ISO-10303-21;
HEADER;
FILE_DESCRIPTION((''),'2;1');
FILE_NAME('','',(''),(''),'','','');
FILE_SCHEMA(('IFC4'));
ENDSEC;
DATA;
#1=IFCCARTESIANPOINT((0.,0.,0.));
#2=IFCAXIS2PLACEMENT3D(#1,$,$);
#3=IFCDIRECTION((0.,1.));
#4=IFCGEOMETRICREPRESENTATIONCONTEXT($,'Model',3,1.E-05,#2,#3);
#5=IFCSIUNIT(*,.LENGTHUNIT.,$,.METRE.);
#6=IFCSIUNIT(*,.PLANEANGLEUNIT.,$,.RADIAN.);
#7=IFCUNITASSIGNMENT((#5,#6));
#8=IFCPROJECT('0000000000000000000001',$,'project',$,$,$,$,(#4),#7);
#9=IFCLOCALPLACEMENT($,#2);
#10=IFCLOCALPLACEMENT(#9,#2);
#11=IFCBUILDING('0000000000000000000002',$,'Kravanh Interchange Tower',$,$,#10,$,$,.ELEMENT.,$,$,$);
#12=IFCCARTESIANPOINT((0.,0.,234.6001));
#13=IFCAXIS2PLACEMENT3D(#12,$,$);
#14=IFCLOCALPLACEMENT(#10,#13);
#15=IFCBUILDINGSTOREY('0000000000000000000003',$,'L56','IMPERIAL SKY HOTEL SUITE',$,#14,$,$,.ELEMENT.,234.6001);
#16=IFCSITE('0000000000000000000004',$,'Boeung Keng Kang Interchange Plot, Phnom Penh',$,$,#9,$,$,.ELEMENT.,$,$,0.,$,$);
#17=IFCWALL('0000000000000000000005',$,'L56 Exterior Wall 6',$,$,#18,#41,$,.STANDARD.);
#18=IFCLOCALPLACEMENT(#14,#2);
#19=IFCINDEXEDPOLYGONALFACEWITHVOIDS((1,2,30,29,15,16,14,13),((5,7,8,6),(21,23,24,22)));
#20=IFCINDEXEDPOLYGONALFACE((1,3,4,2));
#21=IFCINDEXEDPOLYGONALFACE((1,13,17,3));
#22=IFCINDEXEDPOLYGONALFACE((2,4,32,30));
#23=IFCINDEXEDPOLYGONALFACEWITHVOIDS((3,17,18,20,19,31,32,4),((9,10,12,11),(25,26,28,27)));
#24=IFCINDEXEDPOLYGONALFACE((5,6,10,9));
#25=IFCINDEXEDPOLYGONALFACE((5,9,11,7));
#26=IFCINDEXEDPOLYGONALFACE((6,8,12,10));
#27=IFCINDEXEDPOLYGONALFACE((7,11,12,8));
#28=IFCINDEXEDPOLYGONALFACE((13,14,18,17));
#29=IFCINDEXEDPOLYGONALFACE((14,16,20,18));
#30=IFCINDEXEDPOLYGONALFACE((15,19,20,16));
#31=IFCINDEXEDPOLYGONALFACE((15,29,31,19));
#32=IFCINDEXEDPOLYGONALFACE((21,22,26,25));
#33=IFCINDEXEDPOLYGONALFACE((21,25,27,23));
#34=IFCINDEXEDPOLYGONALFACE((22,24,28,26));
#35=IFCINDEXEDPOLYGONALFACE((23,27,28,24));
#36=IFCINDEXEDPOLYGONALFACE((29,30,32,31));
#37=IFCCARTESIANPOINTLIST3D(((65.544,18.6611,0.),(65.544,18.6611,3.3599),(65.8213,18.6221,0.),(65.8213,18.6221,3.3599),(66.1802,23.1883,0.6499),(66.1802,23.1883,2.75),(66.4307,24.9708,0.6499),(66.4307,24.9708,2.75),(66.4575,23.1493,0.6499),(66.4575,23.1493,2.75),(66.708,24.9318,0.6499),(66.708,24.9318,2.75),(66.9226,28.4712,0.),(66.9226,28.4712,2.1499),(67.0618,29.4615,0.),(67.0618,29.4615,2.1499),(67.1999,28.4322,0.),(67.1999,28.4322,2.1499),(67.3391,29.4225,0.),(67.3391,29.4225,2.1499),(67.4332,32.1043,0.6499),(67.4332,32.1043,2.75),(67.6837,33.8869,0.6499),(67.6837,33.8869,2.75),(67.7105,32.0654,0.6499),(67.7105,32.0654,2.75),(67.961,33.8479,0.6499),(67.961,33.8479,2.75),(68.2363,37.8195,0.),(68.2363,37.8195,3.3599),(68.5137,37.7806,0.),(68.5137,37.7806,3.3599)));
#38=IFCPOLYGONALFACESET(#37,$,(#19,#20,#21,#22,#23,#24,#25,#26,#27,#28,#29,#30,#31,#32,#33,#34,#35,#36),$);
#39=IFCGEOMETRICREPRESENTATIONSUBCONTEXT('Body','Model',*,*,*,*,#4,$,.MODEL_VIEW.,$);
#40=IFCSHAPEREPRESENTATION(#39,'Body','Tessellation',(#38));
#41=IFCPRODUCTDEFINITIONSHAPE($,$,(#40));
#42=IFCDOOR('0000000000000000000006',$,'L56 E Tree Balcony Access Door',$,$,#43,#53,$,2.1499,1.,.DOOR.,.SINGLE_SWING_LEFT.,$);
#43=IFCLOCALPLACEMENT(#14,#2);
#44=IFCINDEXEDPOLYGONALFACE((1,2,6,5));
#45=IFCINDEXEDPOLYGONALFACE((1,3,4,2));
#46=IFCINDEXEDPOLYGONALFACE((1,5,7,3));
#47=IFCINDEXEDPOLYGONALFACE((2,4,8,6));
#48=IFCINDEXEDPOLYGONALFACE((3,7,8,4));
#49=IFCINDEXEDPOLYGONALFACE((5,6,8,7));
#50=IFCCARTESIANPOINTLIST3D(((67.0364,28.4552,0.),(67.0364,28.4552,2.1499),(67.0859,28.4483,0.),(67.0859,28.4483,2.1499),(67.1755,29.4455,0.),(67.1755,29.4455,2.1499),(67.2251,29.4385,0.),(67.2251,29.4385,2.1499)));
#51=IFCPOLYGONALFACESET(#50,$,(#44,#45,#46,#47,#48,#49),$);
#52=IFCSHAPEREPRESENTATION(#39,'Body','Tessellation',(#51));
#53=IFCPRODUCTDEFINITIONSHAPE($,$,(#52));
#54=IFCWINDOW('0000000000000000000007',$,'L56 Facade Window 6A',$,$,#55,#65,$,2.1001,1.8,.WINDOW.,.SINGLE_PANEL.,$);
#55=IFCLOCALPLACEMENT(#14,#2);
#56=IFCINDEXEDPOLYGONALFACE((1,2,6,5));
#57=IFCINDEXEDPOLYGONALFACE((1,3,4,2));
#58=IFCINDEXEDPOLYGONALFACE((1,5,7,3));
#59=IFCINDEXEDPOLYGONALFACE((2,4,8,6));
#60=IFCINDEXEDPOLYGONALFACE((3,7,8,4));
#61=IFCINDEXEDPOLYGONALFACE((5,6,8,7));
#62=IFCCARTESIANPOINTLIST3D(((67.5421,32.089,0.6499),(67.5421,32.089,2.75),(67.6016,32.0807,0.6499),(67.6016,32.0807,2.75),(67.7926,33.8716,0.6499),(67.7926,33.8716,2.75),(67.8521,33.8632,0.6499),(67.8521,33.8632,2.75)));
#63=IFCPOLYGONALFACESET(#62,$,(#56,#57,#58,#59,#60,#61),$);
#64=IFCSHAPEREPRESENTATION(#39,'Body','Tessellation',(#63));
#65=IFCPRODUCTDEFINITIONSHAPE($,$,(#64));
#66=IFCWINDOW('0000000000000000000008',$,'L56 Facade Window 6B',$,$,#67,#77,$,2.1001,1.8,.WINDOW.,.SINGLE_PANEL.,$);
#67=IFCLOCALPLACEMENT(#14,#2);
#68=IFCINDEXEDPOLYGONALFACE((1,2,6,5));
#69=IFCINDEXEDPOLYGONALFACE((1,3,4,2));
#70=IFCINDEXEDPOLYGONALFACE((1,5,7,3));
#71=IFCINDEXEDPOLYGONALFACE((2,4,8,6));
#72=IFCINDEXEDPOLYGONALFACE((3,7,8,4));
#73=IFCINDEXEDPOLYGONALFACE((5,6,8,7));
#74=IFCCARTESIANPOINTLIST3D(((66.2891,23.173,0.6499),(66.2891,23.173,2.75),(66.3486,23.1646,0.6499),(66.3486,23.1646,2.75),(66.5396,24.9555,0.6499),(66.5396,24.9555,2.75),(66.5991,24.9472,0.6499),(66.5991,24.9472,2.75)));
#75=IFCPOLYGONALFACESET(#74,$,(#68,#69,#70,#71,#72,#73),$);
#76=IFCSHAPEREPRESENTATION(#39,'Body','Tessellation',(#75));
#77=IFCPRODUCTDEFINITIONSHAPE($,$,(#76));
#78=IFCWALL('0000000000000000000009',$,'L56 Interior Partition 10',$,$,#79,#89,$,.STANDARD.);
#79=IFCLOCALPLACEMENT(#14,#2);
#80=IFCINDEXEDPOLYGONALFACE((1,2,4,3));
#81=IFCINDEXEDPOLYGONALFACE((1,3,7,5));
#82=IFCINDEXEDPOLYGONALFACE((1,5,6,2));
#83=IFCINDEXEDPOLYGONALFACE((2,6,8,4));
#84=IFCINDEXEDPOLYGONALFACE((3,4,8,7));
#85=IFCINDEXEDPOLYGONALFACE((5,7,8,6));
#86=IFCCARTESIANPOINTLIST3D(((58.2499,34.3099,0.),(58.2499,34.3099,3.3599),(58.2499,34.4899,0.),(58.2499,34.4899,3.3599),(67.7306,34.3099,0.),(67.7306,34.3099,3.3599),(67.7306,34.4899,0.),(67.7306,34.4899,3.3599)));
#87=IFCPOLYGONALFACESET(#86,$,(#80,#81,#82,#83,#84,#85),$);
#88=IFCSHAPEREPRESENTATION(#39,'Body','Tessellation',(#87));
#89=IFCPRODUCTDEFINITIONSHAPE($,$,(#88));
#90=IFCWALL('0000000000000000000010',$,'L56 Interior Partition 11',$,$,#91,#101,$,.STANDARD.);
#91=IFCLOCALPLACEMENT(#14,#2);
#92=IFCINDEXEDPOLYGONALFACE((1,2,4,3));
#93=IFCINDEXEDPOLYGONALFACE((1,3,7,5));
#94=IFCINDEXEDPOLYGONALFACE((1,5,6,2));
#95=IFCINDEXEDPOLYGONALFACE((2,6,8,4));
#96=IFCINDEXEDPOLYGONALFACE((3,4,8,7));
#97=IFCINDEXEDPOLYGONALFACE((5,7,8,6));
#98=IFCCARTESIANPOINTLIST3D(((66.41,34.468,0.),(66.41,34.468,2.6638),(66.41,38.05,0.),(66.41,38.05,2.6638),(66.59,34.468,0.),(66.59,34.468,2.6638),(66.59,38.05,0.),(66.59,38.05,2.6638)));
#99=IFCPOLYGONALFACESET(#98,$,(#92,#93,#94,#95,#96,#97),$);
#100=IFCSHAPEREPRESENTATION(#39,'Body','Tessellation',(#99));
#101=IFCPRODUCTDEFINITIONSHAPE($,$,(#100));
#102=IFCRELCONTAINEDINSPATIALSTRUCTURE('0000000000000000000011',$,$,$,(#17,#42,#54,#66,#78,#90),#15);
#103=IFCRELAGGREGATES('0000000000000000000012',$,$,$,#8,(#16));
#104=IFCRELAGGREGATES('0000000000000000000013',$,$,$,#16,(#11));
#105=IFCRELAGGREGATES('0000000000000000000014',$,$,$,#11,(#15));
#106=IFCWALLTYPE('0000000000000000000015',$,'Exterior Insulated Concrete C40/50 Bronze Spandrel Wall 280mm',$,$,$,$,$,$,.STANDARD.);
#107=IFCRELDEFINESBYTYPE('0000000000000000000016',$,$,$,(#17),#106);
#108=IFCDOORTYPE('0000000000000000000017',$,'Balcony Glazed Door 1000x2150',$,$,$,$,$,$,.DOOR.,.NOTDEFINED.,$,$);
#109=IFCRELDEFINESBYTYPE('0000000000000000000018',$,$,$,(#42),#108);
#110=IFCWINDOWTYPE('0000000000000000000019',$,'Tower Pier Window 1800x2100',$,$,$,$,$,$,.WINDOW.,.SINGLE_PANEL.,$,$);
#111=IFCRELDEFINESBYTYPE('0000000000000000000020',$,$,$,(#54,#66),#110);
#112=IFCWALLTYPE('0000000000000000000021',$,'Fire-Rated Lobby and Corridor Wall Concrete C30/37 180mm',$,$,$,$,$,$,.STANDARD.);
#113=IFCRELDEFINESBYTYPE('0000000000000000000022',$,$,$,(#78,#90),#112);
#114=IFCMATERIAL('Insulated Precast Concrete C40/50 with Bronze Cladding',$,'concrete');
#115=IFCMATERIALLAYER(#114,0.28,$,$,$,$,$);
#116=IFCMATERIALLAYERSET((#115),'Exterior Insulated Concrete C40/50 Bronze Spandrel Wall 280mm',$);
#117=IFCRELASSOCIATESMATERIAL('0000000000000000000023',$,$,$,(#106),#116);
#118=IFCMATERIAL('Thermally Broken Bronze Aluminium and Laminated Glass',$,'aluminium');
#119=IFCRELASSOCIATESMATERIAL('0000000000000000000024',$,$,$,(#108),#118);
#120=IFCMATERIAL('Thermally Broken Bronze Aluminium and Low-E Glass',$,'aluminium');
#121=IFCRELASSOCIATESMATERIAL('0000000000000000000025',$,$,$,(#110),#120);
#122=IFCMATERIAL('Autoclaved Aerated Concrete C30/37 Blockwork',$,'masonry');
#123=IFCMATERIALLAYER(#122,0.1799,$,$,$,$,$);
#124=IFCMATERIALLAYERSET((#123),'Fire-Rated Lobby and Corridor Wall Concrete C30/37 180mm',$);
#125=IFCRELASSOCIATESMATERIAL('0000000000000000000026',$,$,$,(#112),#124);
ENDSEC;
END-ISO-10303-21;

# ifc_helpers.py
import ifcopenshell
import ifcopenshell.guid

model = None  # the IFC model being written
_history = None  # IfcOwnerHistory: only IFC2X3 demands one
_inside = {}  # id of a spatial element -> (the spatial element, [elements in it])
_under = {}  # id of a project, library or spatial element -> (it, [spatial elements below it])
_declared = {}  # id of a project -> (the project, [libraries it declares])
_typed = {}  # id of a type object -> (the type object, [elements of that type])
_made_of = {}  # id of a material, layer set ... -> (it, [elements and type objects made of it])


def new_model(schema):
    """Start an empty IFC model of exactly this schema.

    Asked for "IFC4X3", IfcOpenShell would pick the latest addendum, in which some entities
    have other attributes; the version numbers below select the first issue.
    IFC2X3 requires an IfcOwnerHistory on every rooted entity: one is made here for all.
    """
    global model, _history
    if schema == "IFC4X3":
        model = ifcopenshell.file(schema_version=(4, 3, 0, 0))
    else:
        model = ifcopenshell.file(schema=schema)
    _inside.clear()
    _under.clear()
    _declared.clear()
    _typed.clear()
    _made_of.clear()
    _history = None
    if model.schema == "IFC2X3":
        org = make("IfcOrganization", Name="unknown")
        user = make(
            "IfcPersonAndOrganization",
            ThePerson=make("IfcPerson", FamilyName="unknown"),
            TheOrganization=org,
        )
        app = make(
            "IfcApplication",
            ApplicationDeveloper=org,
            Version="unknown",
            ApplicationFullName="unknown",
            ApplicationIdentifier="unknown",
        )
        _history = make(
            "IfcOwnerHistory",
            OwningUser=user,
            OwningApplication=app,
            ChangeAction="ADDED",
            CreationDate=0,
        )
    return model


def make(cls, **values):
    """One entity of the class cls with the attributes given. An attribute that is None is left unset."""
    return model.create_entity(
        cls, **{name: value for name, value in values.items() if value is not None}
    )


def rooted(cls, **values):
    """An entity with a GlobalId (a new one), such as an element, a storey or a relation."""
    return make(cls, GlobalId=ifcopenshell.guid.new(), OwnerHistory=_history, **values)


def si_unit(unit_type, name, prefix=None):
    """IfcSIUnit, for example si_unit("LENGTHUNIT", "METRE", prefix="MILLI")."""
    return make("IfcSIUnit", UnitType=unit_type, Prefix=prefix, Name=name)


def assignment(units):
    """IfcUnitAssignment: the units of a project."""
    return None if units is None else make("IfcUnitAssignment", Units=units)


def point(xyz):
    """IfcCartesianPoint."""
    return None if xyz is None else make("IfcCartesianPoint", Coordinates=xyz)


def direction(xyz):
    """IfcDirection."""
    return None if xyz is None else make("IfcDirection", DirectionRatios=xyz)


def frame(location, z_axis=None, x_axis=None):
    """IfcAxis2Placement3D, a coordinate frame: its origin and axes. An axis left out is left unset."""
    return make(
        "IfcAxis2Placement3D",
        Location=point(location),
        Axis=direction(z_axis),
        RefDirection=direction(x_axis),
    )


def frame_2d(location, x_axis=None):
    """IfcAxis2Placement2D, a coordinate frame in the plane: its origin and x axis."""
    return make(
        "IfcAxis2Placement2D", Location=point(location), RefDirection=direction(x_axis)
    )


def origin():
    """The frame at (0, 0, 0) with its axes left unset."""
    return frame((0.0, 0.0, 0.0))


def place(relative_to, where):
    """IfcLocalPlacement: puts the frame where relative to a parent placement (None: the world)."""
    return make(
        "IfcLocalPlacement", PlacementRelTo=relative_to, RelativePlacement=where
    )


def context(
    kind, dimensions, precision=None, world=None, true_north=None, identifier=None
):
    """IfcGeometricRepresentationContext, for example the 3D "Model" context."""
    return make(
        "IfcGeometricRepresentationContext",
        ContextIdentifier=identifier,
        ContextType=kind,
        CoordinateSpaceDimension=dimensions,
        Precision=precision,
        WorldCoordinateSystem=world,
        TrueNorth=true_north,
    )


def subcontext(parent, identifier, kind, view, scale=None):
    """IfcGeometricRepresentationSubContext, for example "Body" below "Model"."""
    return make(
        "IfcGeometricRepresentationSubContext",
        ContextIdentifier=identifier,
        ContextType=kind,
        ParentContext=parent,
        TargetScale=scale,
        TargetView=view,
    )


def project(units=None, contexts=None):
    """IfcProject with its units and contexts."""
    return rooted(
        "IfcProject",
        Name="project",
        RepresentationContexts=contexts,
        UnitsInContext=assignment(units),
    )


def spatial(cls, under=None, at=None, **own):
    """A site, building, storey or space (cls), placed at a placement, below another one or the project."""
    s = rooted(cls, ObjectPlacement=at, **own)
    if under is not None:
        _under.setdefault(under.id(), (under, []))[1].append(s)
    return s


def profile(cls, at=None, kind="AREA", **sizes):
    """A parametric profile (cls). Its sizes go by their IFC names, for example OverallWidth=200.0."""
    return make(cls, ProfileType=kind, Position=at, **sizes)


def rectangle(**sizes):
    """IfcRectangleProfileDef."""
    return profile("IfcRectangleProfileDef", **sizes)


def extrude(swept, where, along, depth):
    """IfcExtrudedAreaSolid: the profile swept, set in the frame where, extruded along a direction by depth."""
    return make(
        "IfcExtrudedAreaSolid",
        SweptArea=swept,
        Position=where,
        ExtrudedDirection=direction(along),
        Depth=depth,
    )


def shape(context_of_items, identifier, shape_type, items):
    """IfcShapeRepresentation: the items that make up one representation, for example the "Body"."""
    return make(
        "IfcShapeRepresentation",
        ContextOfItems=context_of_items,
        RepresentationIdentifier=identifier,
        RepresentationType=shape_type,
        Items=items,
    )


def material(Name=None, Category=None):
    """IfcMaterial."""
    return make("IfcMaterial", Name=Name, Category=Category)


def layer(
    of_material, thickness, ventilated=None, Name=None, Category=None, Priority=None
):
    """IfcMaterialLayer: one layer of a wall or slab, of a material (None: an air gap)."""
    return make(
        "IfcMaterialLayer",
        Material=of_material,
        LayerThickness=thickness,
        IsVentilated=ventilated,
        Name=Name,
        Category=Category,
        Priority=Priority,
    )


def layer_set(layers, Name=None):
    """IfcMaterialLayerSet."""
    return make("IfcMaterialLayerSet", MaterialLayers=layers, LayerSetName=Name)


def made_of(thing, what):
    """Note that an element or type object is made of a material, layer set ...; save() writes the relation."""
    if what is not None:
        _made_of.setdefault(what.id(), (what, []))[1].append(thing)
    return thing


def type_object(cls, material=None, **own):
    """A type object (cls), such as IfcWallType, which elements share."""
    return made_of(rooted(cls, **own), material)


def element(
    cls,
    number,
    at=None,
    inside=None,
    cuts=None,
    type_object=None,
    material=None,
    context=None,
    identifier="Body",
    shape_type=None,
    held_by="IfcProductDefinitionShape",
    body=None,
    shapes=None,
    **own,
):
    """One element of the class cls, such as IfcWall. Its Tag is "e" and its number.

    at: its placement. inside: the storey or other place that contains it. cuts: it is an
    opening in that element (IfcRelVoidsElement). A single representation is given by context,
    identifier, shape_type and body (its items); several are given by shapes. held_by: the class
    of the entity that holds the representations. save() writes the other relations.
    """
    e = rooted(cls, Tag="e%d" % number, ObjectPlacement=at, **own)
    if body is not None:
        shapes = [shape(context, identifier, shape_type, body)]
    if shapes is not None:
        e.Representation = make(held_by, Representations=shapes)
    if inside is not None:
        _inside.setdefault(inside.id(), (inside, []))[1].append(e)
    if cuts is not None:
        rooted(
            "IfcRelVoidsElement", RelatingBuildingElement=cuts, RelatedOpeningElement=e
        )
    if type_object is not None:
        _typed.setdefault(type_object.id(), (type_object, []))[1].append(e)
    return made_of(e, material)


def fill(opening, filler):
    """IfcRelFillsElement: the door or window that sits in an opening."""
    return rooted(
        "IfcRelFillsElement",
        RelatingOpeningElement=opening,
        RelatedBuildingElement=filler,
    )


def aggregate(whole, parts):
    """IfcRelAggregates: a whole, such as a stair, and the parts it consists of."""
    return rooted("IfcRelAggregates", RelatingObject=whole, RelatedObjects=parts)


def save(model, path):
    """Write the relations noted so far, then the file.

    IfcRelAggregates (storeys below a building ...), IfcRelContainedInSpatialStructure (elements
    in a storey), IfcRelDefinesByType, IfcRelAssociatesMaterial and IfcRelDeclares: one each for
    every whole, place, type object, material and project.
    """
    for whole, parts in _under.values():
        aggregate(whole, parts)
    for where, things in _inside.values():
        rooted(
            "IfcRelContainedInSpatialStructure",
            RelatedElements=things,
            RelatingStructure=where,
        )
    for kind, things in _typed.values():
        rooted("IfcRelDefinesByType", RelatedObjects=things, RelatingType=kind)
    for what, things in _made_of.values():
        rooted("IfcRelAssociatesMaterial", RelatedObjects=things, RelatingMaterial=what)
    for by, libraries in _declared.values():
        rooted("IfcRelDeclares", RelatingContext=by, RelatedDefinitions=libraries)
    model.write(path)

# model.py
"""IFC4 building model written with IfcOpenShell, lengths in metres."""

from ifc_helpers import new_model, si_unit, direction, frame, frame_2d, origin, place, context, subcontext, project, spatial, rectangle, extrude, material, layer, layer_set, type_object, element, fill, save


model = new_model("IFC4")

# Units and contexts
model_context = context("Model", 3, precision=1e-05, world=origin(), true_north=direction((0.0, 1.0)))
body_context = subcontext(model_context, "Body", "Model", "MODEL_VIEW")
ifc_project = project(units=[si_unit("LENGTHUNIT", "METRE"), si_unit("PLANEANGLEUNIT", "RADIAN")], contexts=[model_context])

# Site, building, storey
site_placement = place(None, origin())
site = spatial("IfcSite", under=ifc_project, at=site_placement, Name="Boeung Keng Kang Interchange Plot, Phnom Penh", CompositionType="ELEMENT", RefElevation=0.0)
building_placement = place(site_placement, origin())
building = spatial("IfcBuilding", under=site, at=building_placement, Name="Kravanh Interchange Tower", CompositionType="ELEMENT")
storey_placement = place(building_placement, frame((0.0, 0.0, 234.6001)))
storey = spatial("IfcBuildingStorey", under=building, at=storey_placement, Name="L56", Description="IMPERIAL SKY HOTEL SUITE", CompositionType="ELEMENT", Elevation=234.6001)

# Wall, openings, door, windows
ifc_material_1 = material(Name="Insulated Precast Concrete C40/50 with Bronze Cladding", Category="concrete")
ifc_layer_1 = layer(ifc_material_1, 0.28)
ifc_layer_set_1 = layer_set([ifc_layer_1], Name="Exterior Insulated Concrete C40/50 Bronze Spandrel Wall 280mm")
wall_type_1 = type_object("IfcWallType", Name="Exterior Insulated Concrete C40/50 Bronze Spandrel Wall 280mm", PredefinedType="STANDARD", material=ifc_layer_set_1)
wall_1_placement = place(storey_placement, frame((68.375, 37.8, 0.0), z_axis=(0.0, 0.0, 1.0), x_axis=(-0.139165, -0.990269, 0.0)))
wall_1 = element("IfcWall", 1, at=wall_1_placement, inside=storey, type_object=wall_type_1, Name="L56 Exterior Wall 6", PredefinedType="STANDARD", context=body_context, shape_type="SweptSolid", body=[
    extrude(rectangle(XDim=19.3467, YDim=0.28, at=frame_2d((9.6733, 0.0))), origin(), (0.0, 0.0, 1.0), 3.3599),
])
opening_1_placement = place(wall_1_placement, frame((8.4402, 0.0, 0.0)))
opening_1 = element("IfcOpeningElement", 2, at=opening_1_placement, cuts=wall_1, PredefinedType="OPENING", context=body_context, shape_type="SweptSolid", body=[
    extrude(rectangle(XDim=1.0, YDim=2.1499, at=frame_2d((0.5, 1.075))), frame((0.0, 0.1499, 0.0), z_axis=(0.0, -1.0, 0.0), x_axis=(1.0, 0.0, 0.0)), (0.0, 0.0, 1.0), 0.3),
])
opening_2_placement = place(wall_1_placement, frame((3.9714, 0.0, 0.6499)))
opening_2 = element("IfcOpeningElement", 3, at=opening_2_placement, cuts=wall_1, PredefinedType="OPENING", context=body_context, shape_type="SweptSolid", body=[
    extrude(rectangle(XDim=1.8, YDim=2.1001, at=frame_2d((0.8999, 1.05))), frame((0.0, 0.1499, 0.0), z_axis=(0.0, -1.0, 0.0), x_axis=(1.0, 0.0, 0.0)), (0.0, 0.0, 1.0), 0.3),
])
opening_3_placement = place(wall_1_placement, frame((12.9751, 0.0, 0.6499)))
opening_3 = element("IfcOpeningElement", 4, at=opening_3_placement, cuts=wall_1, PredefinedType="OPENING", context=body_context, shape_type="SweptSolid", body=[
    extrude(rectangle(XDim=1.8, YDim=2.1001, at=frame_2d((0.8999, 1.05))), frame((0.0, 0.1499, 0.0), z_axis=(0.0, -1.0, 0.0), x_axis=(1.0, 0.0, 0.0)), (0.0, 0.0, 1.0), 0.3),
])
ifc_material_2 = material(Name="Thermally Broken Bronze Aluminium and Laminated Glass", Category="aluminium")
door_type_1 = type_object("IfcDoorType", Name="Balcony Glazed Door 1000x2150", OperationType="NOTDEFINED", PredefinedType="DOOR", material=ifc_material_2)
door_1_placement = place(opening_1_placement, origin())
door_1 = element("IfcDoor", 5, at=door_1_placement, inside=storey, type_object=door_type_1, Name="L56 E Tree Balcony Access Door", OperationType="SINGLE_SWING_LEFT", OverallHeight=2.1499, OverallWidth=1.0, PredefinedType="DOOR", context=body_context, shape_type="SweptSolid", body=[
    extrude(rectangle(XDim=1.0, YDim=2.1499, at=frame_2d((0.5, 1.075))), frame((0.0, 0.0249, 0.0), z_axis=(0.0, -1.0, 0.0), x_axis=(1.0, 0.0, 0.0)), (0.0, 0.0, 1.0), 0.05),
])
fill(opening_1, door_1)
ifc_material_3 = material(Name="Thermally Broken Bronze Aluminium and Low-E Glass", Category="aluminium")
window_type = type_object("IfcWindowType", Name="Tower Pier Window 1800x2100", PartitioningType="SINGLE_PANEL", PredefinedType="WINDOW", material=ifc_material_3)
window_1_placement = place(opening_2_placement, origin())
window_1 = element("IfcWindow", 6, at=window_1_placement, inside=storey, type_object=window_type, Name="L56 Facade Window 6A", OverallHeight=2.1001, OverallWidth=1.8, PartitioningType="SINGLE_PANEL", PredefinedType="WINDOW", context=body_context, shape_type="SweptSolid", body=[
    extrude(rectangle(XDim=1.8, YDim=2.1001, at=frame_2d((0.8999, 1.05))), frame((0.0, 0.03, 0.0), z_axis=(0.0, -1.0, 0.0), x_axis=(1.0, 0.0, 0.0)), (0.0, 0.0, 1.0), 0.0601),
])
fill(opening_2, window_1)
window_2_placement = place(opening_3_placement, origin())
window_2 = element("IfcWindow", 7, at=window_2_placement, inside=storey, type_object=window_type, Name="L56 Facade Window 6B", OverallHeight=2.1001, OverallWidth=1.8, PartitioningType="SINGLE_PANEL", PredefinedType="WINDOW", context=body_context, shape_type="SweptSolid", body=[
    extrude(rectangle(XDim=1.8, YDim=2.1001, at=frame_2d((0.8999, 1.05))), frame((0.0, 0.03, 0.0), z_axis=(0.0, -1.0, 0.0), x_axis=(1.0, 0.0, 0.0)), (0.0, 0.0, 1.0), 0.0601),
])
fill(opening_3, window_2)

# Walls
ifc_material_4 = material(Name="Autoclaved Aerated Concrete C30/37 Blockwork", Category="masonry")
ifc_layer_2 = layer(ifc_material_4, 0.1799)
ifc_layer_set_2 = layer_set([ifc_layer_2], Name="Fire-Rated Lobby and Corridor Wall Concrete C30/37 180mm")
wall_type_2 = type_object("IfcWallType", Name="Fire-Rated Lobby and Corridor Wall Concrete C30/37 180mm", PredefinedType="STANDARD", material=ifc_layer_set_2)
wall_2_placement = place(storey_placement, frame((58.25, 34.3999, 0.0), z_axis=(0.0, 0.0, 1.0), x_axis=(1.0, 0.0, 0.0)))
element("IfcWall", 8, at=wall_2_placement, inside=storey, type_object=wall_type_2, Name="L56 Interior Partition 10", PredefinedType="STANDARD", context=body_context, shape_type="SweptSolid", body=[
    extrude(rectangle(XDim=9.4807, YDim=0.1799, at=frame_2d((4.7402, 0.0))), origin(), (0.0, 0.0, 1.0), 3.3599),
])
wall_3_placement = place(storey_placement, frame((66.5, 34.468, 0.0), z_axis=(0.0, 0.0, 1.0), x_axis=(0.0, 1.0, 0.0)))
element("IfcWall", 9, at=wall_3_placement, inside=storey, type_object=wall_type_2, Name="L56 Interior Partition 11", PredefinedType="STANDARD", context=body_context, shape_type="SweptSolid", body=[
    extrude(rectangle(XDim=3.582, YDim=0.1799, at=frame_2d((1.791, 0.0))), origin(), (0.0, 0.0, 1.0), 2.6638),
])

save(model, "model.ifc")
